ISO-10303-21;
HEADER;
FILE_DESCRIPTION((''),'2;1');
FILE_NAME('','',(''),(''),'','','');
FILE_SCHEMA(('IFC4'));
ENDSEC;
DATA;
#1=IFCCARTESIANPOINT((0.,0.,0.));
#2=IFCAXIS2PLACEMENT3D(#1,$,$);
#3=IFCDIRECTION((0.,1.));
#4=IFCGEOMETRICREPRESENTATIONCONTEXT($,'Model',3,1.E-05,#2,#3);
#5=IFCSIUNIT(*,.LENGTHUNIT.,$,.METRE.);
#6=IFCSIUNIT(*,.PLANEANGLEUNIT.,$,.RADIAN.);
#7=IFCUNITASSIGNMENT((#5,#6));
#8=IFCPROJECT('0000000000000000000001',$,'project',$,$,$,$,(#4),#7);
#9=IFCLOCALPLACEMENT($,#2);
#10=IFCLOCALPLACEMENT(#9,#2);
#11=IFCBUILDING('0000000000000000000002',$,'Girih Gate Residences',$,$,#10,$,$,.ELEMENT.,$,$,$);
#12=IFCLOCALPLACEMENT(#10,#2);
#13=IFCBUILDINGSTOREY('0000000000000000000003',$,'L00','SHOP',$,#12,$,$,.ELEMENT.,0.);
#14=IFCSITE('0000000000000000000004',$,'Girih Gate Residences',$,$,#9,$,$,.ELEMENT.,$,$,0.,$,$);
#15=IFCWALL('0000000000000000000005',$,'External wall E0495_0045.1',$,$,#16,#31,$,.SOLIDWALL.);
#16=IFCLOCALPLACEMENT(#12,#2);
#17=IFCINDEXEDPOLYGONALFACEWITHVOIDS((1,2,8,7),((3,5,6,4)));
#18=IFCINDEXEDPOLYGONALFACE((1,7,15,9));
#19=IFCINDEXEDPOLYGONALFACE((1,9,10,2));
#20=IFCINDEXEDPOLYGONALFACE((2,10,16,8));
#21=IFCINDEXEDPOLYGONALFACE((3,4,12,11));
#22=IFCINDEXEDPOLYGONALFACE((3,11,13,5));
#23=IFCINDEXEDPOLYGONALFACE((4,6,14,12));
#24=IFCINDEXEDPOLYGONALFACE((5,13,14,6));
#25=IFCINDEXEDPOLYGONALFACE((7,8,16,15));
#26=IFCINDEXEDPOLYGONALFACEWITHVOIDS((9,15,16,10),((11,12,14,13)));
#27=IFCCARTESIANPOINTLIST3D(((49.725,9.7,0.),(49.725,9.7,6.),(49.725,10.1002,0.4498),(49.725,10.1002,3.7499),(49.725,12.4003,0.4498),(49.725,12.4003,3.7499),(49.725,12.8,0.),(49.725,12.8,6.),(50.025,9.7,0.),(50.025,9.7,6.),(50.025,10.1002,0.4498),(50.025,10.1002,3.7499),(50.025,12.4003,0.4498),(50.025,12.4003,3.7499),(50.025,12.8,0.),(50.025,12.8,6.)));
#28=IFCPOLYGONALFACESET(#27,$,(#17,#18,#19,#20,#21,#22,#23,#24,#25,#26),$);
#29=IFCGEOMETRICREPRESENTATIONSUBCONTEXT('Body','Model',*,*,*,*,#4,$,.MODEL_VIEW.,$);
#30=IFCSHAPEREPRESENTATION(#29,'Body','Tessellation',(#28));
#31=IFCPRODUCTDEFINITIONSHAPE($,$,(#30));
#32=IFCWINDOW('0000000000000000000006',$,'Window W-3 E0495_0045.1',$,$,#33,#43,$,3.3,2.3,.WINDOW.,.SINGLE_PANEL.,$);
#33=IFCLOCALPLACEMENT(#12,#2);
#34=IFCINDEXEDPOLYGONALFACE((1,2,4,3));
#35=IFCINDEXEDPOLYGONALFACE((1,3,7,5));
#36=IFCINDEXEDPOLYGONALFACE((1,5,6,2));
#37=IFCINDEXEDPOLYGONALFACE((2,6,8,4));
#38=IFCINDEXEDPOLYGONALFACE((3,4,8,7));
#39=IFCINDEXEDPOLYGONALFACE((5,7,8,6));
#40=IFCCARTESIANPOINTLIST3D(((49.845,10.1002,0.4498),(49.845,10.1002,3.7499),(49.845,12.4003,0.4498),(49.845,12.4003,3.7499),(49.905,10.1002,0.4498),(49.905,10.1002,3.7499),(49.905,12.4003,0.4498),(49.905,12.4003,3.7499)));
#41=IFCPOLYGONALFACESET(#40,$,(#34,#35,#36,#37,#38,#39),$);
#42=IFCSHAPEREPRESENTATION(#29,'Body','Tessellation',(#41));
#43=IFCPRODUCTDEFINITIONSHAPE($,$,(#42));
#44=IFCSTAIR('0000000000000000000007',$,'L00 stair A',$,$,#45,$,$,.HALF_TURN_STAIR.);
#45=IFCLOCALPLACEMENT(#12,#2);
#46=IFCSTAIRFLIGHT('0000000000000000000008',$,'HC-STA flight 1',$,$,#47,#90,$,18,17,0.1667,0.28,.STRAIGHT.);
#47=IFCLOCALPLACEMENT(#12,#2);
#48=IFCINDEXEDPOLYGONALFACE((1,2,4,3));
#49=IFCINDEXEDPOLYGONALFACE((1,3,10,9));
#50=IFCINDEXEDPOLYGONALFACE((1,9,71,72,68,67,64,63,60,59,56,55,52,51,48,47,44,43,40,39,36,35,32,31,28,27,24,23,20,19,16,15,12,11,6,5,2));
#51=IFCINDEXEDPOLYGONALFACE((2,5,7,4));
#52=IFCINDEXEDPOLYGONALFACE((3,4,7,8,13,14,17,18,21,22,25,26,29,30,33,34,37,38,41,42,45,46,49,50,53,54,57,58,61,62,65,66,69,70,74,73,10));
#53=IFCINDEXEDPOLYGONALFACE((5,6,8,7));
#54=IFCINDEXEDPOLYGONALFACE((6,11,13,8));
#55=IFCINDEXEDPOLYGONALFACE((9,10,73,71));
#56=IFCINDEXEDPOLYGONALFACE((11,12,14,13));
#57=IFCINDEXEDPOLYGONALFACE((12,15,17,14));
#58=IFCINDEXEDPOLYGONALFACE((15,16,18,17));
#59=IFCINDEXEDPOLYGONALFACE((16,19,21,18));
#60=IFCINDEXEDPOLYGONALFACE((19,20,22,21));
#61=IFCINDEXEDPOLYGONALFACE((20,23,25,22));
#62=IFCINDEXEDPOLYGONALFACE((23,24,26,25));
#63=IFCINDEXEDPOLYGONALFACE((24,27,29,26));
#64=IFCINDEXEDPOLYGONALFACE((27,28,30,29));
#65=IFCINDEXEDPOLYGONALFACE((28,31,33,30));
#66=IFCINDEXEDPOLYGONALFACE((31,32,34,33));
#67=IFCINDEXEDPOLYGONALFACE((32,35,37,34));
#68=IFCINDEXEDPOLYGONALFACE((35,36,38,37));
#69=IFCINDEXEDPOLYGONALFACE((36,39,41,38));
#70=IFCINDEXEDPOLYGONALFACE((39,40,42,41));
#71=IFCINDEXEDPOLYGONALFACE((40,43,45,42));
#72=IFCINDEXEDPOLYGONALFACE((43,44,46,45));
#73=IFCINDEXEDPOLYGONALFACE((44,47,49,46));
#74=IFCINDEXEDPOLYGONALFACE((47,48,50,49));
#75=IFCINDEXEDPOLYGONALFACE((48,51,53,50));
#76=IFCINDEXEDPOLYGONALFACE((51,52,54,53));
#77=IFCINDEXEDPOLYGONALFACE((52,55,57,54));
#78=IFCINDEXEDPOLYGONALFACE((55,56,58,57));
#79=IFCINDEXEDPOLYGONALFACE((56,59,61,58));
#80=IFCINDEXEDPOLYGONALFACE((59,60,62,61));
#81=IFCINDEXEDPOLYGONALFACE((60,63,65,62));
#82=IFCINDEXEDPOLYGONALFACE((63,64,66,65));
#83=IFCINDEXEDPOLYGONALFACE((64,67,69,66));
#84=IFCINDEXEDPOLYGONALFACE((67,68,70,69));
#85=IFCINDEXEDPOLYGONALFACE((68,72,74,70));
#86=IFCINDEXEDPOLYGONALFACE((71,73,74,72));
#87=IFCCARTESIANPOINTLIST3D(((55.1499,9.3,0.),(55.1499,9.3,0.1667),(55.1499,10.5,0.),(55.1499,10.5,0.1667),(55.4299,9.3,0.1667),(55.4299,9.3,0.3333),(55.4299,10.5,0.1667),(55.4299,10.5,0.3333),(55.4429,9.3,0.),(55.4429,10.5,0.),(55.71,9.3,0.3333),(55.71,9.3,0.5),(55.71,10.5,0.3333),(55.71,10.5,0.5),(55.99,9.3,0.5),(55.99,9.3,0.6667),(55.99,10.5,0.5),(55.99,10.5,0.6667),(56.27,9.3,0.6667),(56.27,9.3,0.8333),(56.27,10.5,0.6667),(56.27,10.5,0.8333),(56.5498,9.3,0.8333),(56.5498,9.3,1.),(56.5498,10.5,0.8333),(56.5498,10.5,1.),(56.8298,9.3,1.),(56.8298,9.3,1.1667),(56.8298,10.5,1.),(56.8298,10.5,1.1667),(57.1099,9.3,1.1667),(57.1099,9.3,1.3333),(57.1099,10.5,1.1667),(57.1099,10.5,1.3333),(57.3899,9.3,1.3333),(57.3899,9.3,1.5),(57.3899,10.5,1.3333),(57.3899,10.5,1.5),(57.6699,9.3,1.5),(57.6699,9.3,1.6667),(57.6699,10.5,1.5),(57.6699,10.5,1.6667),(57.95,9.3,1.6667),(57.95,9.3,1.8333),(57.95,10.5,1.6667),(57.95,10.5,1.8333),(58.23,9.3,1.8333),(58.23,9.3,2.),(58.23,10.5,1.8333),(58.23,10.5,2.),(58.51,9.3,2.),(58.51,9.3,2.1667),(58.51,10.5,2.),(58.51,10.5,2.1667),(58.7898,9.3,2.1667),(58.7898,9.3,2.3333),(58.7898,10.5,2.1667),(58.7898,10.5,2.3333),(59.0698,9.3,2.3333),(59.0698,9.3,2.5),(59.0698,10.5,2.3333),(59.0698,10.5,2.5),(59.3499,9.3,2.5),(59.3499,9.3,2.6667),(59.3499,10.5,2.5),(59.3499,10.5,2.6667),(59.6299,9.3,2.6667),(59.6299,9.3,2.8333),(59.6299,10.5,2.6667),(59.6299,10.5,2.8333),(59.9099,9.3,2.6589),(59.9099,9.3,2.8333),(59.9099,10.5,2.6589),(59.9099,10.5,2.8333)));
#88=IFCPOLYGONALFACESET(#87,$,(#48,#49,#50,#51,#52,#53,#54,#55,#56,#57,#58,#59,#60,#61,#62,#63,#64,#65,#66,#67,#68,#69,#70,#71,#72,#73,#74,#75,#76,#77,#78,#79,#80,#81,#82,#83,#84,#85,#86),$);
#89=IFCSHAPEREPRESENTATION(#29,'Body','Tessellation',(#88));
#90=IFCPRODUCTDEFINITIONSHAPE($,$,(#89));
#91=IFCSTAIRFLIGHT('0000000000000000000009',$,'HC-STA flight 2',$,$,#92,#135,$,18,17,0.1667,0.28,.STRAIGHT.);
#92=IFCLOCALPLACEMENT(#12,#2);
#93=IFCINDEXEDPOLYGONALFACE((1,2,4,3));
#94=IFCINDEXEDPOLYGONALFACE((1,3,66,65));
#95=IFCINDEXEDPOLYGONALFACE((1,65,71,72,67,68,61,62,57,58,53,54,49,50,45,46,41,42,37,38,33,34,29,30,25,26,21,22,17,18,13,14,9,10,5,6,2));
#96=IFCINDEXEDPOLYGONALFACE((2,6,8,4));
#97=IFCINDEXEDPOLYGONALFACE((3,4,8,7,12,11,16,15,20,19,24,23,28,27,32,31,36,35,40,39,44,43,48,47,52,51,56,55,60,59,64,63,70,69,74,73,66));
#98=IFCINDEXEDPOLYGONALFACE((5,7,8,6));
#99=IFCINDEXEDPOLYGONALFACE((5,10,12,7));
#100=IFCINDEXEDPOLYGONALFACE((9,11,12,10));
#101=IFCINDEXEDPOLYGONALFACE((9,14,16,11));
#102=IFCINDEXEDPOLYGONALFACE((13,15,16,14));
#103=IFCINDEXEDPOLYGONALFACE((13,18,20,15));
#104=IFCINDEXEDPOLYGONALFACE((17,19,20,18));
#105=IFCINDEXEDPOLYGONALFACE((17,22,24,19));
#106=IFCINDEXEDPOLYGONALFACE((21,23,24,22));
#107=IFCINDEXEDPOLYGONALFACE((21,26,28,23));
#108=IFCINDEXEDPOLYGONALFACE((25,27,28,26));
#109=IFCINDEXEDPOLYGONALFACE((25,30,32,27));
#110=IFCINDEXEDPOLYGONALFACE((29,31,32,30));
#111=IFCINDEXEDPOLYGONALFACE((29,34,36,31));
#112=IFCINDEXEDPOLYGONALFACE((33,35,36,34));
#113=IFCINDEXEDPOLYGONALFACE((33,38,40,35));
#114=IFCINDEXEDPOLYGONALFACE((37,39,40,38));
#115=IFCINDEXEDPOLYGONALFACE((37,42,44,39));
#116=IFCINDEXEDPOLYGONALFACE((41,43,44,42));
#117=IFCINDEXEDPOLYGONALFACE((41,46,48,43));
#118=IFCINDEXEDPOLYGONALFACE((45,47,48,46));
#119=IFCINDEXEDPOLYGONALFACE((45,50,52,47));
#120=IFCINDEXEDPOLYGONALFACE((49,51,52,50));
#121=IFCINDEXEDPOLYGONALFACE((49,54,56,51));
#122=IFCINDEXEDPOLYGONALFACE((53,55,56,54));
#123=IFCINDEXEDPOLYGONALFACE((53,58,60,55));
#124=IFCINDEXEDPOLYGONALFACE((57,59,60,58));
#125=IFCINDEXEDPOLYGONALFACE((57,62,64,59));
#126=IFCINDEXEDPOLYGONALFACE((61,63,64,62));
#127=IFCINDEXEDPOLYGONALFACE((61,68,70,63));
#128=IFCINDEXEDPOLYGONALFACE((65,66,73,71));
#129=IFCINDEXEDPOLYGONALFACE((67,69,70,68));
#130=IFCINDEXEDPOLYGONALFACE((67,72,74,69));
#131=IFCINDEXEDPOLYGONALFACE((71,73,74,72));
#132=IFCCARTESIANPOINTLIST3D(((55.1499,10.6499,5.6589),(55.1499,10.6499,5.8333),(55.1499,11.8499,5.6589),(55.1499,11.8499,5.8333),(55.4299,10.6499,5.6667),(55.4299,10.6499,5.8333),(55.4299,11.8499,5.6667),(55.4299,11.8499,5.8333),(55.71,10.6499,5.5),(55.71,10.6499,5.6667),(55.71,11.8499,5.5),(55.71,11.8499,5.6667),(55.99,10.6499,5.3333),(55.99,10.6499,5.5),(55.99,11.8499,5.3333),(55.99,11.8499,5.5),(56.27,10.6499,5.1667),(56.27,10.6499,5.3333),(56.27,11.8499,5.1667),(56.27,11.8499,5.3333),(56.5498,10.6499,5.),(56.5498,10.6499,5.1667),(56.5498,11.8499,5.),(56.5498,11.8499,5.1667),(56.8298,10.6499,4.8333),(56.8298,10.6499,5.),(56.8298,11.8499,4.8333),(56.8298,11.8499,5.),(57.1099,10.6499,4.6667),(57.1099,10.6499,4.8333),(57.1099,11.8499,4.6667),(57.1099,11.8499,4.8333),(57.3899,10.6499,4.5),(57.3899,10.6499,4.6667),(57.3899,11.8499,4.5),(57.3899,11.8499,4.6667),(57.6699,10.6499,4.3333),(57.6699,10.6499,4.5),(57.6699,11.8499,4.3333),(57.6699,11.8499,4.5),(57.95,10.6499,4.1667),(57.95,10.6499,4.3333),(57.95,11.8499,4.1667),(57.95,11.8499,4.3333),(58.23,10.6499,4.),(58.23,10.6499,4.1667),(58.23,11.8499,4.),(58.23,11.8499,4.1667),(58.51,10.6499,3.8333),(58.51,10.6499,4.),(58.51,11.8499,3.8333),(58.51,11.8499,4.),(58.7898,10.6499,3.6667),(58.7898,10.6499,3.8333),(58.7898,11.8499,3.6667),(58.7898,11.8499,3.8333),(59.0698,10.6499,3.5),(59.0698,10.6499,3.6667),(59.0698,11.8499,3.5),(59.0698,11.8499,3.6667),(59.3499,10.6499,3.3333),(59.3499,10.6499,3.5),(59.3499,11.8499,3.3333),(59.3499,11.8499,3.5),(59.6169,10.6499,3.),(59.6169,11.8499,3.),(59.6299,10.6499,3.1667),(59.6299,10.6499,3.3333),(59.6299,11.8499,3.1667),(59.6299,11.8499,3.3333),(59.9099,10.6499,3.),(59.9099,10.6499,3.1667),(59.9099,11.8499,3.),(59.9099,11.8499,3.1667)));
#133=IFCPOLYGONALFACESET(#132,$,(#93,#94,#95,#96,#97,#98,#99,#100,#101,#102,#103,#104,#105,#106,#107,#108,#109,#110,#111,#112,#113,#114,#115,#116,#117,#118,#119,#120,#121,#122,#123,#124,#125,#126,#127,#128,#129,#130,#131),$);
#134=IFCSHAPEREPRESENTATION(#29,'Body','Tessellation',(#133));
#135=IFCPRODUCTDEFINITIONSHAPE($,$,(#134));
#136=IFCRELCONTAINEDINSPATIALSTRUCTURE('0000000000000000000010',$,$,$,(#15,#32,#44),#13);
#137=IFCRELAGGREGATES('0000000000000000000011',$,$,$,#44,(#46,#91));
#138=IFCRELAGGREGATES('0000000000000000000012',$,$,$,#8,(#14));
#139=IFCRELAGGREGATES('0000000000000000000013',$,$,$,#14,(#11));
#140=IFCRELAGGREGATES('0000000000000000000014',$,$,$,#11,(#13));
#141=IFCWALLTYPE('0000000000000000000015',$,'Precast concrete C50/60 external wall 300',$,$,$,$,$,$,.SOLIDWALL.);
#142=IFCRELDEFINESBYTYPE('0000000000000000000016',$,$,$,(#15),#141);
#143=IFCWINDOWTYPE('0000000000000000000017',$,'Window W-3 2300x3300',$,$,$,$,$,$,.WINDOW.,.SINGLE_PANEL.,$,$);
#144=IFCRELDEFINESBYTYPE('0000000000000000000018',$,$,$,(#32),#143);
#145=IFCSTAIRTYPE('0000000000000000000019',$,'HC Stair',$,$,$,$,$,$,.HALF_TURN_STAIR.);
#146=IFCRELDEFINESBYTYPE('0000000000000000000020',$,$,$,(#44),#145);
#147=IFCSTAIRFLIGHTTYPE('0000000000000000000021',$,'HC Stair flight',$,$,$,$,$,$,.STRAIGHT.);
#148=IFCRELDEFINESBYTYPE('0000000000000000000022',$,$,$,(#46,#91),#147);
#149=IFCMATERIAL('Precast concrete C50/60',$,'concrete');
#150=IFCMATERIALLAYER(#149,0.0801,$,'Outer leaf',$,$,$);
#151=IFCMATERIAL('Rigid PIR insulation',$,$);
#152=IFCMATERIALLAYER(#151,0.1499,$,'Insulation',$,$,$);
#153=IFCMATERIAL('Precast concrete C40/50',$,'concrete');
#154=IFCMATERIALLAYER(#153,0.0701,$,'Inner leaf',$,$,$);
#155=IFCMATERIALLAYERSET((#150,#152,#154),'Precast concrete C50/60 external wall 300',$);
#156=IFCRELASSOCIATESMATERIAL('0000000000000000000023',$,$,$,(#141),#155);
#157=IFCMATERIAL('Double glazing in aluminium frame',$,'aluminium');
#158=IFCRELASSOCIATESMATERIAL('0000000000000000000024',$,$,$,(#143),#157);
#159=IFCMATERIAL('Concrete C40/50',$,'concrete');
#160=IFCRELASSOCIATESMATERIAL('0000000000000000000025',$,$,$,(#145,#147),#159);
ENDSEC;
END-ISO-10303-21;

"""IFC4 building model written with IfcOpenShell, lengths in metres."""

from ifc_helpers import new_model, si_unit, direction, frame, frame_2d, origin, place, context, subcontext, project, spatial, polyline, rectangle, outline, extrude, material, layer, layer_set, type_object, element, fill, aggregate, save


model = new_model("IFC4")

# Units and contexts
model_context = context("Model", 3, precision=1e-05, world=origin(), true_north=direction((0.0, 1.0)))
body_context = subcontext(model_context, "Body", "Model", "MODEL_VIEW")
ifc_project = project(units=[si_unit("LENGTHUNIT", "METRE"), si_unit("PLANEANGLEUNIT", "RADIAN")], contexts=[model_context])

# Site, building, storey
site_placement = place(None, origin())
site = spatial("IfcSite", under=ifc_project, at=site_placement, Name="Girih Gate Residences", CompositionType="ELEMENT", RefElevation=0.0)
building_placement = place(site_placement, origin())
building = spatial("IfcBuilding", under=site, at=building_placement, Name="Girih Gate Residences", CompositionType="ELEMENT")
storey_placement = place(building_placement, origin())
storey = spatial("IfcBuildingStorey", under=building, at=storey_placement, Name="L00", Description="SHOP", CompositionType="ELEMENT", Elevation=0.0)

# Shared definitions
ifc_material_1 = material(Name="Concrete C40/50", Category="concrete")

# Shared definitions
ifc_material_2 = material(Name="Precast concrete C40/50", Category="concrete")

# Wall, opening, window
ifc_material_3 = material(Name="Precast concrete C50/60", Category="concrete")
ifc_layer_1 = layer(ifc_material_3, 0.0801, Name="Outer leaf")
ifc_material_4 = material(Name="Rigid PIR insulation")
ifc_layer_2 = layer(ifc_material_4, 0.1499, Name="Insulation")
ifc_layer_3 = layer(ifc_material_2, 0.0701, Name="Inner leaf")
ifc_layer_set_1 = layer_set([ifc_layer_1, ifc_layer_2, ifc_layer_3], Name="Precast concrete C50/60 external wall 300")
wall_type_1 = type_object("IfcWallType", Name="Precast concrete C50/60 external wall 300", PredefinedType="SOLIDWALL", material=ifc_layer_set_1)
ifc_material_5 = material(Name="Double glazing in aluminium frame", Category="aluminium")
window_type = type_object("IfcWindowType", Name="Window W-3 2300x3300", PartitioningType="SINGLE_PANEL", PredefinedType="WINDOW", material=ifc_material_5)
wall_1_placement = place(storey_placement, frame((49.875, 12.8, 0.0), z_axis=(0.0, 0.0, 1.0), x_axis=(0.0, -1.0, 0.0)))
wall_1 = element("IfcWall", 1, at=wall_1_placement, inside=storey, type_object=wall_type_1, Name="External wall E0495_0045.1", PredefinedType="SOLIDWALL", context=body_context, shape_type="SweptSolid", body=[
    extrude(rectangle(XDim=3.1001, YDim=0.3, at=frame_2d((1.55, 0.0))), origin(), (0.0, 0.0, 1.0), 6.0),
])
opening_1_placement = place(wall_1_placement, frame((0.3999, 0.0, 0.45)))
opening_1 = element("IfcOpeningElement", 2, at=opening_1_placement, cuts=wall_1, PredefinedType="OPENING", context=body_context, shape_type="SweptSolid", body=[
    extrude(rectangle(XDim=2.3, YDim=3.3, at=frame_2d((1.1499, 1.6499))), frame((0.0, 0.1599, 0.0), z_axis=(0.0, -1.0, 0.0), x_axis=(1.0, 0.0, 0.0)), (0.0, 0.0, 1.0), 0.3201),
])
window_1_placement = place(opening_1_placement, origin())
window_1 = element("IfcWindow", 3, at=window_1_placement, inside=storey, type_object=window_type, Name="Window W-3 E0495_0045.1", OverallHeight=3.3, OverallWidth=2.3, PartitioningType="SINGLE_PANEL", PredefinedType="WINDOW", context=body_context, shape_type="SweptSolid", body=[
    extrude(rectangle(XDim=2.3, YDim=3.3, at=frame_2d((1.1499, 1.6499))), frame((0.0, 0.03, 0.0), z_axis=(0.0, -1.0, 0.0), x_axis=(1.0, 0.0, 0.0)), (0.0, 0.0, 1.0), 0.0601),
])
fill(opening_1, window_1)

# Stair, stair flights
stair_type = type_object("IfcStairType", Name="HC Stair", PredefinedType="HALF_TURN_STAIR", material=ifc_material_1)
stair_placement = place(storey_placement, origin())
stair = element("IfcStair", 4, at=stair_placement, inside=storey, type_object=stair_type, Name="L00 stair A", PredefinedType="HALF_TURN_STAIR")
stair_flight_type = type_object("IfcStairFlightType", Name="HC Stair flight", PredefinedType="STRAIGHT", material=ifc_material_1)
stair_flight_1_placement = place(storey_placement, frame((55.1499, 9.8999, 0.0), z_axis=(0.0, 0.0, 1.0), x_axis=(1.0, 0.0, 0.0)))
stair_flight_1 = element("IfcStairFlight", 5, at=stair_flight_1_placement, type_object=stair_flight_type, Name="HC-STA flight 1", NumberOfRisers=18, NumberOfTreads=17, PredefinedType="STRAIGHT", RiserHeight=0.1667, TreadLength=0.28, context=body_context, shape_type="SweptSolid", body=[
    extrude(outline(polyline([(0.0, 0.0), (0.0, 0.1667), (0.28, 0.1667), (0.28, 0.3333), (0.5601, 0.3333), (0.5601, 0.5), (0.8401, 0.5), (0.8401, 0.6667), (1.1201, 0.6667), (1.1201, 0.8333), (1.3999, 0.8333), (1.3999, 1.0), (1.6799, 1.0), (1.6799, 1.1667), (1.96, 1.1667), (1.96, 1.3333), (2.24, 1.3333), (2.24, 1.5), (2.52, 1.5), (2.52, 1.6667), (2.8, 1.6667), (2.8, 1.8333), (3.0801, 1.8333), (3.0801, 2.0), (3.3601, 2.0), (3.3601, 2.1667), (3.6399, 2.1667), (3.6399, 2.3333), (3.9199, 2.3333), (3.9199, 2.5), (4.2, 2.5), (4.2, 2.6667), (4.48, 2.6667), (4.48, 2.8333), (4.76, 2.8333), (4.76, 3.0), (4.76, 2.6589), (0.293, 0.0), (0.0, 0.0)])), frame((0.0, 0.6001, 0.0), z_axis=(0.0, -1.0, 0.0), x_axis=(1.0, 0.0, 0.0)), (0.0, 0.0, 1.0), 1.2),
])
stair_flight_2_placement = place(storey_placement, frame((59.9099, 11.25, 3.0), z_axis=(0.0, 0.0, 1.0), x_axis=(-1.0, 0.0, 0.0)))
stair_flight_2 = element("IfcStairFlight", 6, at=stair_flight_2_placement, type_object=stair_flight_type, Name="HC-STA flight 2", NumberOfRisers=18, NumberOfTreads=17, PredefinedType="STRAIGHT", RiserHeight=0.1667, TreadLength=0.28, context=body_context, shape_type="SweptSolid", body=[
    extrude(outline(polyline([(0.0, 0.0), (0.0, 0.1667), (0.28, 0.1667), (0.28, 0.3333), (0.5601, 0.3333), (0.5601, 0.5), (0.8401, 0.5), (0.8401, 0.6667), (1.1201, 0.6667), (1.1201, 0.8333), (1.3999, 0.8333), (1.3999, 1.0), (1.6799, 1.0), (1.6799, 1.1667), (1.96, 1.1667), (1.96, 1.3333), (2.24, 1.3333), (2.24, 1.5), (2.52, 1.5), (2.52, 1.6667), (2.8, 1.6667), (2.8, 1.8333), (3.0801, 1.8333), (3.0801, 2.0), (3.3601, 2.0), (3.3601, 2.1667), (3.6399, 2.1667), (3.6399, 2.3333), (3.9199, 2.3333), (3.9199, 2.5), (4.2, 2.5), (4.2, 2.6667), (4.48, 2.6667), (4.48, 2.8333), (4.76, 2.8333), (4.76, 3.0), (4.76, 2.6589), (0.293, 0.0), (0.0, 0.0)])), frame((0.0, 0.6001, 0.0), z_axis=(0.0, -1.0, 0.0), x_axis=(1.0, 0.0, 0.0)), (0.0, 0.0, 1.0), 1.2),
])
aggregate(stair, [stair_flight_1, stair_flight_2])

save(model, "model.ifc")
